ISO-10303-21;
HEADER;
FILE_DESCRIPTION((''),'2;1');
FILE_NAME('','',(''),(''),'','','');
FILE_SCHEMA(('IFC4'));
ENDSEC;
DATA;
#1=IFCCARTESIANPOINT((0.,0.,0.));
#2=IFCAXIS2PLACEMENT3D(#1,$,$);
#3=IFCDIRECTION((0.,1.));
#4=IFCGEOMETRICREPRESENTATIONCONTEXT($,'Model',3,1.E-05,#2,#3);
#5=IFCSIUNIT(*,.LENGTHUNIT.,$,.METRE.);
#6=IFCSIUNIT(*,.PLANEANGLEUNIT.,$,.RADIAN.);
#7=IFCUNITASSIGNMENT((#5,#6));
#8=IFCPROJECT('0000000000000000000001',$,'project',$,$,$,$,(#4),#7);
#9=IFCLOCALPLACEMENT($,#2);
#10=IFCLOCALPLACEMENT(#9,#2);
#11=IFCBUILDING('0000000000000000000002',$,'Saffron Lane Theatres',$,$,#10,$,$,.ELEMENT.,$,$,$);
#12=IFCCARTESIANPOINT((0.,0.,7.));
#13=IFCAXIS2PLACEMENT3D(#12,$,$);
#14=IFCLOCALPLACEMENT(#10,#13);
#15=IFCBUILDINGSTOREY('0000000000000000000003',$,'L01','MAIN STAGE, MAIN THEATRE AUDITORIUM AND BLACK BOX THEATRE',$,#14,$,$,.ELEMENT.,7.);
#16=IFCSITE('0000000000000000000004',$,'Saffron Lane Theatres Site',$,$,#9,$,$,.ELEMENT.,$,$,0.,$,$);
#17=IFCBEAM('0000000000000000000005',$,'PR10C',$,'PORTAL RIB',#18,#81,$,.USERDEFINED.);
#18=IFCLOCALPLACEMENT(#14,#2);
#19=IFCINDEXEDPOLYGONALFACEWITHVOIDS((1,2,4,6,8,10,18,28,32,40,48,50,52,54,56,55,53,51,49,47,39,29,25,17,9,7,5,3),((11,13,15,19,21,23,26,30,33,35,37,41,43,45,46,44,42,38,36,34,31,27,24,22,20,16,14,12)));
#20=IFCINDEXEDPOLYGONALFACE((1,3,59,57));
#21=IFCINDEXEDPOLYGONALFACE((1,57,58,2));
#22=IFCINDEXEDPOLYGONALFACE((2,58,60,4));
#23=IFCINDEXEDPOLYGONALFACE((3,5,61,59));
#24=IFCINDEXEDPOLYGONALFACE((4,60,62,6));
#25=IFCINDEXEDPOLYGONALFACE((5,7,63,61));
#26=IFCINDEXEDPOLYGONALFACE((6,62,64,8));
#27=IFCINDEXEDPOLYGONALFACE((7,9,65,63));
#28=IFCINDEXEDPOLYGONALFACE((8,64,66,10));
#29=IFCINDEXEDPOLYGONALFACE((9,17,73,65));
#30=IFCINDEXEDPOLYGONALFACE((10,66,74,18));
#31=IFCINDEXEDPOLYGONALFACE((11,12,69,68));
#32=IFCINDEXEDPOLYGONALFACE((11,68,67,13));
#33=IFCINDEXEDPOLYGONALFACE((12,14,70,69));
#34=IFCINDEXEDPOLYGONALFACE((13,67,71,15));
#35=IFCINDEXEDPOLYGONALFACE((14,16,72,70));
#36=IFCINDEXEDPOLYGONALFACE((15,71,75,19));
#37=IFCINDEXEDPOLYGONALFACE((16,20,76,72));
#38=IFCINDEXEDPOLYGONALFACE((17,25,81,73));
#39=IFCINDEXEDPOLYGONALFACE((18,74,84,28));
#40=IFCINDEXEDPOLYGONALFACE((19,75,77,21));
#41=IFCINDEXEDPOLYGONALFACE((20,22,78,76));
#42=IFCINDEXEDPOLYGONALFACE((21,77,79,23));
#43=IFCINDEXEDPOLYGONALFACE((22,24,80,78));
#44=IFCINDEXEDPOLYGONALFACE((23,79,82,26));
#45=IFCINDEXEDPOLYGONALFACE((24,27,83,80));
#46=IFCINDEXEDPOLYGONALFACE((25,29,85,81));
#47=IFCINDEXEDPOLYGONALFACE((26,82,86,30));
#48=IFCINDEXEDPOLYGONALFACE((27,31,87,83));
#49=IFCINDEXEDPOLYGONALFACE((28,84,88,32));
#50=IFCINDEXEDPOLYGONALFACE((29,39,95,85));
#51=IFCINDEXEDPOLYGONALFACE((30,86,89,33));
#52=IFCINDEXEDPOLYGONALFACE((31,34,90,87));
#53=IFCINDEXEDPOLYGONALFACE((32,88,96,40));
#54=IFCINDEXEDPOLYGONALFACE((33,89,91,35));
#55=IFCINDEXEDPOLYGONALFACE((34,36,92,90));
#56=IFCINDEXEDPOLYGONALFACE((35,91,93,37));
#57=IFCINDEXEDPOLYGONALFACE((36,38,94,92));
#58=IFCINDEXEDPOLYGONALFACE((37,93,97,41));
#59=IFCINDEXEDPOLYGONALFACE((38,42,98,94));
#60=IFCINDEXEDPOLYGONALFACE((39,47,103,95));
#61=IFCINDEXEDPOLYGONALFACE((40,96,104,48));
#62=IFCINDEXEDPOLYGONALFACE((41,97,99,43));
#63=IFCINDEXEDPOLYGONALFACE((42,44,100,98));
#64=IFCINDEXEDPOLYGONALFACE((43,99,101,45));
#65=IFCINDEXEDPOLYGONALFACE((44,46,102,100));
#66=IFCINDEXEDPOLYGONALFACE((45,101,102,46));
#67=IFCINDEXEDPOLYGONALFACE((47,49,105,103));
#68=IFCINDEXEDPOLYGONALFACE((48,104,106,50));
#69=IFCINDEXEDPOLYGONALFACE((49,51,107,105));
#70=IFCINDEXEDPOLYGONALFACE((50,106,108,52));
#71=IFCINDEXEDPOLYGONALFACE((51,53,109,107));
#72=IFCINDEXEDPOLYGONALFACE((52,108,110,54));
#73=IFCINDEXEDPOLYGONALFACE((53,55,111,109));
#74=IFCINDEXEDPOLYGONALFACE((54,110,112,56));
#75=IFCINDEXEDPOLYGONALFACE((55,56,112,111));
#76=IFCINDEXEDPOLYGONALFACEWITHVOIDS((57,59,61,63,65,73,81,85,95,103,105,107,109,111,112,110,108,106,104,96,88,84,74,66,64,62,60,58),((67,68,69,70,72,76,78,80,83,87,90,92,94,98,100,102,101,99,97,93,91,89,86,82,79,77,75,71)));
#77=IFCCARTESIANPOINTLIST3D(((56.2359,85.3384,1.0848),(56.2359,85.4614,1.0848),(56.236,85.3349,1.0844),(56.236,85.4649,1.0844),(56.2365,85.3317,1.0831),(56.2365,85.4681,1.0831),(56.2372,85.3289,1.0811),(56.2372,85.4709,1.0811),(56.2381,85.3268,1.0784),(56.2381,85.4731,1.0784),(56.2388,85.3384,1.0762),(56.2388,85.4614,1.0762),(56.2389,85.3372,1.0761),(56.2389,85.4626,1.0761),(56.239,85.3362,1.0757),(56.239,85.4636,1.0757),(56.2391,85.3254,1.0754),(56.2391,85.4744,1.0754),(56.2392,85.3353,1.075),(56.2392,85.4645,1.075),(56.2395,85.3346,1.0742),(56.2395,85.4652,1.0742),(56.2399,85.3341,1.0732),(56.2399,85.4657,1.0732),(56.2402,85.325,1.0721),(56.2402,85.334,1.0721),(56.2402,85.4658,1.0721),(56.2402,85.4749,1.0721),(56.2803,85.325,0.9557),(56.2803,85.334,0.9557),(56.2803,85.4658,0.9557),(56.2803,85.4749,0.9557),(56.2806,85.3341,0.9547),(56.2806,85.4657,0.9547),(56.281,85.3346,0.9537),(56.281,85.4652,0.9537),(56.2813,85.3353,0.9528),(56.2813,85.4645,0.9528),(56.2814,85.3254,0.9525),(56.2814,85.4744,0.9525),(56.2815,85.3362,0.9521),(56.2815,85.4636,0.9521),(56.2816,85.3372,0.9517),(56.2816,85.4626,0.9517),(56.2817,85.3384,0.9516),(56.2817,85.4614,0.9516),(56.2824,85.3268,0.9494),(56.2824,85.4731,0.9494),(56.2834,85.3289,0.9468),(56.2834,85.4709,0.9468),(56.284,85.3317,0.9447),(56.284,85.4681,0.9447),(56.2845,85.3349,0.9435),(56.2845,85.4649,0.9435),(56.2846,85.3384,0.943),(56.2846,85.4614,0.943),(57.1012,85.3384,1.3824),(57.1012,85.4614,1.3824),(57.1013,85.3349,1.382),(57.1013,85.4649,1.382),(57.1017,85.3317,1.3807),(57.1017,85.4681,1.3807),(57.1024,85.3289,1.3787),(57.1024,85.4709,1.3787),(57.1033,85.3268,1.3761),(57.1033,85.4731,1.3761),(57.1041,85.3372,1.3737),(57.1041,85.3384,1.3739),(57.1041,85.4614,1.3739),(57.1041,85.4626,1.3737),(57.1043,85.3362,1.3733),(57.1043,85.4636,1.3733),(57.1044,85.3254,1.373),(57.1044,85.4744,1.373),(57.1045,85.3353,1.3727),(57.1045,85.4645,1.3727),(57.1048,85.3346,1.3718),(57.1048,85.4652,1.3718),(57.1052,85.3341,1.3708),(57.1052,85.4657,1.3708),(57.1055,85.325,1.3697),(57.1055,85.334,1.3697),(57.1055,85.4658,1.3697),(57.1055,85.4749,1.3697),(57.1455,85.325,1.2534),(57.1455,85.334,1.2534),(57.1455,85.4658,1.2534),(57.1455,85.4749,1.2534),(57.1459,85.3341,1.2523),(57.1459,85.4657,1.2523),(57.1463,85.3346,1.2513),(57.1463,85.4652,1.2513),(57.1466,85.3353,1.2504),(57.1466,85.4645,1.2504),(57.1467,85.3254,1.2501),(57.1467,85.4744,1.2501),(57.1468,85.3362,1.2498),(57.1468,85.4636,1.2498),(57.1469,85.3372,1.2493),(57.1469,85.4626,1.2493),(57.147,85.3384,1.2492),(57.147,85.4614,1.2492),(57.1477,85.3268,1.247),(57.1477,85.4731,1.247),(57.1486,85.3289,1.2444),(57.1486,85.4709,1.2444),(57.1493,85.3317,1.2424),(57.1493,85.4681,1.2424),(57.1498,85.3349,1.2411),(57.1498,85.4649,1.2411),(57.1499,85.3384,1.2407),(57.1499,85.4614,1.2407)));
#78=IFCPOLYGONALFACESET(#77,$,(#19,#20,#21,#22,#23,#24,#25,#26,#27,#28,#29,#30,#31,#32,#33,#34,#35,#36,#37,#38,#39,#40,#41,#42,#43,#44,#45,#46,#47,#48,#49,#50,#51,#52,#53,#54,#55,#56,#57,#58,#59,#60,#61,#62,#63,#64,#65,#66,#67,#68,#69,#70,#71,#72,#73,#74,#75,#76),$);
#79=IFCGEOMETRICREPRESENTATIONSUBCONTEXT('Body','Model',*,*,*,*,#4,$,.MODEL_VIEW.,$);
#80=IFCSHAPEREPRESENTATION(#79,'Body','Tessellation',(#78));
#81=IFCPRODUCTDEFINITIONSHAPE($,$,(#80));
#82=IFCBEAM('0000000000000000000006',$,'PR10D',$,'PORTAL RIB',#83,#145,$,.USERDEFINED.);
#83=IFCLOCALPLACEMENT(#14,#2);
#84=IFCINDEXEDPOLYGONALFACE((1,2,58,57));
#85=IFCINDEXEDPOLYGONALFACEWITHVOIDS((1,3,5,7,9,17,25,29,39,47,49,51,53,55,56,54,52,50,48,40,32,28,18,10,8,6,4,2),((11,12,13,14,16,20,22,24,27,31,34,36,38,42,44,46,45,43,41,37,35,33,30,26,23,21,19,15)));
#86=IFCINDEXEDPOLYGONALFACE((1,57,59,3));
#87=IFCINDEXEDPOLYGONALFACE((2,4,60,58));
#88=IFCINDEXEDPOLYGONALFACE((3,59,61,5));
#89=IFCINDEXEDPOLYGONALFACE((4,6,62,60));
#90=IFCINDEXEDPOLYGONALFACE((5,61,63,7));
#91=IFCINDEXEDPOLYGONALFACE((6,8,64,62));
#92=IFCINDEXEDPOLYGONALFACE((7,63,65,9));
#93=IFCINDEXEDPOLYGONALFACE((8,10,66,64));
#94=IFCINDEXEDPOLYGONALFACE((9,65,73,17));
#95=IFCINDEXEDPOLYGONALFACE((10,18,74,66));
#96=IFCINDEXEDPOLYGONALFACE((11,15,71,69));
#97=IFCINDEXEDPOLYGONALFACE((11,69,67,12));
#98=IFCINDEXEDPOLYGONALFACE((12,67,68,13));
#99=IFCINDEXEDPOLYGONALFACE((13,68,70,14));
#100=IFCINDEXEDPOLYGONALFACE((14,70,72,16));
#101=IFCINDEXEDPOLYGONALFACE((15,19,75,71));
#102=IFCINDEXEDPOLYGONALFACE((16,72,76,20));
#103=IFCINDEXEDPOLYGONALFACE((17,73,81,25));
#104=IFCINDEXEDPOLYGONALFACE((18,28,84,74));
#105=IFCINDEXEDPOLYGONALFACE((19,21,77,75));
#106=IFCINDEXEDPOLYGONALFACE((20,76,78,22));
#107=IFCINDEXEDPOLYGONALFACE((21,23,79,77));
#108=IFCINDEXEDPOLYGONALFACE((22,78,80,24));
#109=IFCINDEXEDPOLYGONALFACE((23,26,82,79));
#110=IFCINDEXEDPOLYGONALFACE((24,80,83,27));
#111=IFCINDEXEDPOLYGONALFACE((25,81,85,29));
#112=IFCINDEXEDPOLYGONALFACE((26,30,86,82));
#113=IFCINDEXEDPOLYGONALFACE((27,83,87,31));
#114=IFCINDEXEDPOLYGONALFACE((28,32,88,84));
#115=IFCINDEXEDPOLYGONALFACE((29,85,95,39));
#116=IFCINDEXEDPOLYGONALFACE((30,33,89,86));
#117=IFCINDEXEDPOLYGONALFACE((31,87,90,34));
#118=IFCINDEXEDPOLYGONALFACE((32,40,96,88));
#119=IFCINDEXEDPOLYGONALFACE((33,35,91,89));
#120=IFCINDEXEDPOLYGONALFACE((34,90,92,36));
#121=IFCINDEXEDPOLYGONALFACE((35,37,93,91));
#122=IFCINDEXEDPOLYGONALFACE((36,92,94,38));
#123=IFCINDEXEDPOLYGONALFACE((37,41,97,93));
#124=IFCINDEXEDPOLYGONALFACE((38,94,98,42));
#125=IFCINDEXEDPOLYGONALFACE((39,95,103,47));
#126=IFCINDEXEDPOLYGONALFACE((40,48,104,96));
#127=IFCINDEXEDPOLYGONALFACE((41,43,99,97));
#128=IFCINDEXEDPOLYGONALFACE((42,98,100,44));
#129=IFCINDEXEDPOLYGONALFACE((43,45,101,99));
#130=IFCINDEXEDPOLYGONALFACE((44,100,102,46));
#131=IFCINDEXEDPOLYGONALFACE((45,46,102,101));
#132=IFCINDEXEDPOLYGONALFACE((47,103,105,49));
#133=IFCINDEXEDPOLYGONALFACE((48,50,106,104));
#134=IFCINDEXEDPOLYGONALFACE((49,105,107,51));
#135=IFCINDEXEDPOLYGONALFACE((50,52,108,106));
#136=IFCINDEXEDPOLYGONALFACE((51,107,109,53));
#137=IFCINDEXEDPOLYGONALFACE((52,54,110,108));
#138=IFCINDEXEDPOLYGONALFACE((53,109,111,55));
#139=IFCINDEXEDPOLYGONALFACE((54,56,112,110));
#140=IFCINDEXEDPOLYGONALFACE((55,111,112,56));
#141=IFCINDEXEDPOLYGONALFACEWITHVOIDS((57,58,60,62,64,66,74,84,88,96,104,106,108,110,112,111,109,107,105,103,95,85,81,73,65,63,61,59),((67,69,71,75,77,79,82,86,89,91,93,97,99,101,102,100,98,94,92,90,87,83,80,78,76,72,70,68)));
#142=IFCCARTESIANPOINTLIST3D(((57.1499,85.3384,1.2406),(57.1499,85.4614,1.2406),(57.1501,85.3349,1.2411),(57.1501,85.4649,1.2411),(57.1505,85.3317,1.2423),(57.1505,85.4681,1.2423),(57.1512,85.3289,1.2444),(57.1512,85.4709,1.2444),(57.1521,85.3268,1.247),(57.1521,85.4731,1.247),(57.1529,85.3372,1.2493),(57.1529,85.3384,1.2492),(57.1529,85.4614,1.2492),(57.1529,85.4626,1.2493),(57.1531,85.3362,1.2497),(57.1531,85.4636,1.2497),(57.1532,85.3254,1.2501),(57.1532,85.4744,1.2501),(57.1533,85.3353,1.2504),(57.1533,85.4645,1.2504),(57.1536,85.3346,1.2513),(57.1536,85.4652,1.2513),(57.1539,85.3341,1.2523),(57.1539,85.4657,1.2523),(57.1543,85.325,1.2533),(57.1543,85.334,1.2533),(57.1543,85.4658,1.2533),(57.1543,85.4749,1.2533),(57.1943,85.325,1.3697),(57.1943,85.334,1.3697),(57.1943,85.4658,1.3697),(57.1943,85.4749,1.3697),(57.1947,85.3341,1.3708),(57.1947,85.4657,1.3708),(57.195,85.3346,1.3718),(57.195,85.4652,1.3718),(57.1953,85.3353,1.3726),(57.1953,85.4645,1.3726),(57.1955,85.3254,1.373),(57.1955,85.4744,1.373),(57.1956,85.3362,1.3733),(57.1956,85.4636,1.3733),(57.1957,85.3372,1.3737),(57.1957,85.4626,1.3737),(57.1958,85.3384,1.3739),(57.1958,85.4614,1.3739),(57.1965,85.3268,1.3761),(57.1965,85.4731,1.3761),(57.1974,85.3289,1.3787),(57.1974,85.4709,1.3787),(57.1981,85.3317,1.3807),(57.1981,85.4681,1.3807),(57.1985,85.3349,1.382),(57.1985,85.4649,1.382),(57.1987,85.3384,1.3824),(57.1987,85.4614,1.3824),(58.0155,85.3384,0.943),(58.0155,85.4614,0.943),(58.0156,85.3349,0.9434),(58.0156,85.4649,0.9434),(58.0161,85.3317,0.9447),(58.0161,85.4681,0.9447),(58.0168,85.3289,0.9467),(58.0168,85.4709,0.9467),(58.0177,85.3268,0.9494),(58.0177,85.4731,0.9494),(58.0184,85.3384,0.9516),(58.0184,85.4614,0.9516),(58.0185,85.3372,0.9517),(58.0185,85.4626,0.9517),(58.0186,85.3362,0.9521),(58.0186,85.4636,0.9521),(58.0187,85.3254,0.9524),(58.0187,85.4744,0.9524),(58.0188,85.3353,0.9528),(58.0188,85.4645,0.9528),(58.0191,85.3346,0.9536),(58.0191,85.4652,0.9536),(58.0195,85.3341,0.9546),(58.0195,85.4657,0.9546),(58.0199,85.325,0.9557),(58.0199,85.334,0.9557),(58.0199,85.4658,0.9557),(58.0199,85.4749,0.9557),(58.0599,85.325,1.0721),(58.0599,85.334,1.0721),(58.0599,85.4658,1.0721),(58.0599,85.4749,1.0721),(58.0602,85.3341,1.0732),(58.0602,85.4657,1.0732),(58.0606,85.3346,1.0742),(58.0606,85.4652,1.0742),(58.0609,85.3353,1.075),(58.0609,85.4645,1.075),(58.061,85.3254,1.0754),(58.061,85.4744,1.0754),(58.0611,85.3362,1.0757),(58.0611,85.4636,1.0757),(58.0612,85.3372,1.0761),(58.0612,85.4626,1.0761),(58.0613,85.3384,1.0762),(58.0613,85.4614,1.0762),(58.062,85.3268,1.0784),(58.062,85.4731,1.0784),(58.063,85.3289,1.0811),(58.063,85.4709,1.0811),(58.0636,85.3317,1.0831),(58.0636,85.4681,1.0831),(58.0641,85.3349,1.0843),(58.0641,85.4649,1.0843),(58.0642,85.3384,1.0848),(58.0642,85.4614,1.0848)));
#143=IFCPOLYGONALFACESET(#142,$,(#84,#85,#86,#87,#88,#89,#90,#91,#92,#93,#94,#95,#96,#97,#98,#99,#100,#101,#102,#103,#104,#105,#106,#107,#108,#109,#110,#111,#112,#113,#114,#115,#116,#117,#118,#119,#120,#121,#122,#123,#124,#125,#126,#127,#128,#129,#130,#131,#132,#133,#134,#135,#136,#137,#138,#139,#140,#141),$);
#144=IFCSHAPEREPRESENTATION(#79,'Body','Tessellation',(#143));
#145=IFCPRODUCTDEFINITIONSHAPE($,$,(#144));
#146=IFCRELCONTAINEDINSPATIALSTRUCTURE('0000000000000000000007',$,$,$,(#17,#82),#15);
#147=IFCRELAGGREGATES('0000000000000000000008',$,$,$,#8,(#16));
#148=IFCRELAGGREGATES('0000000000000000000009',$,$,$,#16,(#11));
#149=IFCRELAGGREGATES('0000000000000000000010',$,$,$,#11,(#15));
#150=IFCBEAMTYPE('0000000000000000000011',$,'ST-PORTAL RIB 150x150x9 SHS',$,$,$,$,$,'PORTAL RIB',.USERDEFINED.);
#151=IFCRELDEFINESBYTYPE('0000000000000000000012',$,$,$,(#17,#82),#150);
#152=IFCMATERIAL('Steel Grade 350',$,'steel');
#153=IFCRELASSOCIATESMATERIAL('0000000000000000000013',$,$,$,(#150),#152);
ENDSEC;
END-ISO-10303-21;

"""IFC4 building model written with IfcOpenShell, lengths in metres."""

from ifc_helpers import new_model, si_unit, direction, frame, origin, origin_2d, place, context, subcontext, project, spatial, hollow_rectangle, extrude, material, material_profile, profile_set, type_object, element, save


model = new_model("IFC4")

# Units and contexts
model_context = context("Model", 3, precision=1e-05, world=origin(), true_north=direction((0.0, 1.0)))
body_context = subcontext(model_context, "Body", "Model", "MODEL_VIEW")
ifc_project = project(units=[si_unit("LENGTHUNIT", "METRE"), si_unit("PLANEANGLEUNIT", "RADIAN")], contexts=[model_context])

# Site, building, storey
site_placement = place(None, origin())
site = spatial("IfcSite", under=ifc_project, at=site_placement, Name="Saffron Lane Theatres Site", CompositionType="ELEMENT", RefElevation=0.0)
building_placement = place(site_placement, origin())
building = spatial("IfcBuilding", under=site, at=building_placement, Name="Saffron Lane Theatres", CompositionType="ELEMENT")
storey_placement = place(building_placement, frame((0.0, 0.0, 7.0)))
storey = spatial("IfcBuildingStorey", under=building, at=storey_placement, Name="L01", Description="MAIN STAGE, MAIN THEATRE AUDITORIUM AND BLACK BOX THEATRE", CompositionType="ELEMENT", Elevation=7.0)

# Beams
ifc_material_1 = material(Name="Steel Grade 350", Category="steel")
ifc_material_profile_1 = material_profile(ifc_material_1, hollow_rectangle(XDim=0.1499, YDim=0.1499, WallThickness=0.009, InnerFilletRadius=0.0044, OuterFilletRadius=0.0134, at=origin_2d()))
ifc_profile_set_1 = profile_set([ifc_material_profile_1], Name="Steel Grade 350")
beam_type_1 = type_object("IfcBeamType", Name="ST-PORTAL RIB 150x150x9 SHS", ElementType="PORTAL RIB", PredefinedType="USERDEFINED", material=ifc_profile_set_1)
beam_1_placement = place(storey_placement, frame((56.2603, 85.3999, 1.0139), z_axis=(0.945625, 0.0, 0.325259), x_axis=(0.0, 1.0, 0.0)))
element("IfcBeam", 1, at=beam_1_placement, inside=storey, type_object=beam_type_1, Name="PR10C", ObjectType="PORTAL RIB", PredefinedType="USERDEFINED", context=body_context, shape_type="SweptSolid", body=[
    extrude(hollow_rectangle(XDim=0.1499, YDim=0.1499, WallThickness=0.009, InnerFilletRadius=0.0044, OuterFilletRadius=0.0134, at=origin_2d()), origin(), (0.0, 0.0, 1.0), 0.915),
])
beam_2_placement = place(storey_placement, frame((57.1743, 85.3999, 1.3115), z_axis=(0.945653, 0.0, -0.325177), x_axis=(0.0, 1.0, 0.0)))
element("IfcBeam", 2, at=beam_2_placement, inside=storey, type_object=beam_type_1, Name="PR10D", ObjectType="PORTAL RIB", PredefinedType="USERDEFINED", context=body_context, shape_type="SweptSolid", body=[
    extrude(hollow_rectangle(XDim=0.1499, YDim=0.1499, WallThickness=0.009, InnerFilletRadius=0.0044, OuterFilletRadius=0.0134, at=origin_2d()), origin(), (0.0, 0.0, 1.0), 0.9153),
])

save(model, "model.ifc")
